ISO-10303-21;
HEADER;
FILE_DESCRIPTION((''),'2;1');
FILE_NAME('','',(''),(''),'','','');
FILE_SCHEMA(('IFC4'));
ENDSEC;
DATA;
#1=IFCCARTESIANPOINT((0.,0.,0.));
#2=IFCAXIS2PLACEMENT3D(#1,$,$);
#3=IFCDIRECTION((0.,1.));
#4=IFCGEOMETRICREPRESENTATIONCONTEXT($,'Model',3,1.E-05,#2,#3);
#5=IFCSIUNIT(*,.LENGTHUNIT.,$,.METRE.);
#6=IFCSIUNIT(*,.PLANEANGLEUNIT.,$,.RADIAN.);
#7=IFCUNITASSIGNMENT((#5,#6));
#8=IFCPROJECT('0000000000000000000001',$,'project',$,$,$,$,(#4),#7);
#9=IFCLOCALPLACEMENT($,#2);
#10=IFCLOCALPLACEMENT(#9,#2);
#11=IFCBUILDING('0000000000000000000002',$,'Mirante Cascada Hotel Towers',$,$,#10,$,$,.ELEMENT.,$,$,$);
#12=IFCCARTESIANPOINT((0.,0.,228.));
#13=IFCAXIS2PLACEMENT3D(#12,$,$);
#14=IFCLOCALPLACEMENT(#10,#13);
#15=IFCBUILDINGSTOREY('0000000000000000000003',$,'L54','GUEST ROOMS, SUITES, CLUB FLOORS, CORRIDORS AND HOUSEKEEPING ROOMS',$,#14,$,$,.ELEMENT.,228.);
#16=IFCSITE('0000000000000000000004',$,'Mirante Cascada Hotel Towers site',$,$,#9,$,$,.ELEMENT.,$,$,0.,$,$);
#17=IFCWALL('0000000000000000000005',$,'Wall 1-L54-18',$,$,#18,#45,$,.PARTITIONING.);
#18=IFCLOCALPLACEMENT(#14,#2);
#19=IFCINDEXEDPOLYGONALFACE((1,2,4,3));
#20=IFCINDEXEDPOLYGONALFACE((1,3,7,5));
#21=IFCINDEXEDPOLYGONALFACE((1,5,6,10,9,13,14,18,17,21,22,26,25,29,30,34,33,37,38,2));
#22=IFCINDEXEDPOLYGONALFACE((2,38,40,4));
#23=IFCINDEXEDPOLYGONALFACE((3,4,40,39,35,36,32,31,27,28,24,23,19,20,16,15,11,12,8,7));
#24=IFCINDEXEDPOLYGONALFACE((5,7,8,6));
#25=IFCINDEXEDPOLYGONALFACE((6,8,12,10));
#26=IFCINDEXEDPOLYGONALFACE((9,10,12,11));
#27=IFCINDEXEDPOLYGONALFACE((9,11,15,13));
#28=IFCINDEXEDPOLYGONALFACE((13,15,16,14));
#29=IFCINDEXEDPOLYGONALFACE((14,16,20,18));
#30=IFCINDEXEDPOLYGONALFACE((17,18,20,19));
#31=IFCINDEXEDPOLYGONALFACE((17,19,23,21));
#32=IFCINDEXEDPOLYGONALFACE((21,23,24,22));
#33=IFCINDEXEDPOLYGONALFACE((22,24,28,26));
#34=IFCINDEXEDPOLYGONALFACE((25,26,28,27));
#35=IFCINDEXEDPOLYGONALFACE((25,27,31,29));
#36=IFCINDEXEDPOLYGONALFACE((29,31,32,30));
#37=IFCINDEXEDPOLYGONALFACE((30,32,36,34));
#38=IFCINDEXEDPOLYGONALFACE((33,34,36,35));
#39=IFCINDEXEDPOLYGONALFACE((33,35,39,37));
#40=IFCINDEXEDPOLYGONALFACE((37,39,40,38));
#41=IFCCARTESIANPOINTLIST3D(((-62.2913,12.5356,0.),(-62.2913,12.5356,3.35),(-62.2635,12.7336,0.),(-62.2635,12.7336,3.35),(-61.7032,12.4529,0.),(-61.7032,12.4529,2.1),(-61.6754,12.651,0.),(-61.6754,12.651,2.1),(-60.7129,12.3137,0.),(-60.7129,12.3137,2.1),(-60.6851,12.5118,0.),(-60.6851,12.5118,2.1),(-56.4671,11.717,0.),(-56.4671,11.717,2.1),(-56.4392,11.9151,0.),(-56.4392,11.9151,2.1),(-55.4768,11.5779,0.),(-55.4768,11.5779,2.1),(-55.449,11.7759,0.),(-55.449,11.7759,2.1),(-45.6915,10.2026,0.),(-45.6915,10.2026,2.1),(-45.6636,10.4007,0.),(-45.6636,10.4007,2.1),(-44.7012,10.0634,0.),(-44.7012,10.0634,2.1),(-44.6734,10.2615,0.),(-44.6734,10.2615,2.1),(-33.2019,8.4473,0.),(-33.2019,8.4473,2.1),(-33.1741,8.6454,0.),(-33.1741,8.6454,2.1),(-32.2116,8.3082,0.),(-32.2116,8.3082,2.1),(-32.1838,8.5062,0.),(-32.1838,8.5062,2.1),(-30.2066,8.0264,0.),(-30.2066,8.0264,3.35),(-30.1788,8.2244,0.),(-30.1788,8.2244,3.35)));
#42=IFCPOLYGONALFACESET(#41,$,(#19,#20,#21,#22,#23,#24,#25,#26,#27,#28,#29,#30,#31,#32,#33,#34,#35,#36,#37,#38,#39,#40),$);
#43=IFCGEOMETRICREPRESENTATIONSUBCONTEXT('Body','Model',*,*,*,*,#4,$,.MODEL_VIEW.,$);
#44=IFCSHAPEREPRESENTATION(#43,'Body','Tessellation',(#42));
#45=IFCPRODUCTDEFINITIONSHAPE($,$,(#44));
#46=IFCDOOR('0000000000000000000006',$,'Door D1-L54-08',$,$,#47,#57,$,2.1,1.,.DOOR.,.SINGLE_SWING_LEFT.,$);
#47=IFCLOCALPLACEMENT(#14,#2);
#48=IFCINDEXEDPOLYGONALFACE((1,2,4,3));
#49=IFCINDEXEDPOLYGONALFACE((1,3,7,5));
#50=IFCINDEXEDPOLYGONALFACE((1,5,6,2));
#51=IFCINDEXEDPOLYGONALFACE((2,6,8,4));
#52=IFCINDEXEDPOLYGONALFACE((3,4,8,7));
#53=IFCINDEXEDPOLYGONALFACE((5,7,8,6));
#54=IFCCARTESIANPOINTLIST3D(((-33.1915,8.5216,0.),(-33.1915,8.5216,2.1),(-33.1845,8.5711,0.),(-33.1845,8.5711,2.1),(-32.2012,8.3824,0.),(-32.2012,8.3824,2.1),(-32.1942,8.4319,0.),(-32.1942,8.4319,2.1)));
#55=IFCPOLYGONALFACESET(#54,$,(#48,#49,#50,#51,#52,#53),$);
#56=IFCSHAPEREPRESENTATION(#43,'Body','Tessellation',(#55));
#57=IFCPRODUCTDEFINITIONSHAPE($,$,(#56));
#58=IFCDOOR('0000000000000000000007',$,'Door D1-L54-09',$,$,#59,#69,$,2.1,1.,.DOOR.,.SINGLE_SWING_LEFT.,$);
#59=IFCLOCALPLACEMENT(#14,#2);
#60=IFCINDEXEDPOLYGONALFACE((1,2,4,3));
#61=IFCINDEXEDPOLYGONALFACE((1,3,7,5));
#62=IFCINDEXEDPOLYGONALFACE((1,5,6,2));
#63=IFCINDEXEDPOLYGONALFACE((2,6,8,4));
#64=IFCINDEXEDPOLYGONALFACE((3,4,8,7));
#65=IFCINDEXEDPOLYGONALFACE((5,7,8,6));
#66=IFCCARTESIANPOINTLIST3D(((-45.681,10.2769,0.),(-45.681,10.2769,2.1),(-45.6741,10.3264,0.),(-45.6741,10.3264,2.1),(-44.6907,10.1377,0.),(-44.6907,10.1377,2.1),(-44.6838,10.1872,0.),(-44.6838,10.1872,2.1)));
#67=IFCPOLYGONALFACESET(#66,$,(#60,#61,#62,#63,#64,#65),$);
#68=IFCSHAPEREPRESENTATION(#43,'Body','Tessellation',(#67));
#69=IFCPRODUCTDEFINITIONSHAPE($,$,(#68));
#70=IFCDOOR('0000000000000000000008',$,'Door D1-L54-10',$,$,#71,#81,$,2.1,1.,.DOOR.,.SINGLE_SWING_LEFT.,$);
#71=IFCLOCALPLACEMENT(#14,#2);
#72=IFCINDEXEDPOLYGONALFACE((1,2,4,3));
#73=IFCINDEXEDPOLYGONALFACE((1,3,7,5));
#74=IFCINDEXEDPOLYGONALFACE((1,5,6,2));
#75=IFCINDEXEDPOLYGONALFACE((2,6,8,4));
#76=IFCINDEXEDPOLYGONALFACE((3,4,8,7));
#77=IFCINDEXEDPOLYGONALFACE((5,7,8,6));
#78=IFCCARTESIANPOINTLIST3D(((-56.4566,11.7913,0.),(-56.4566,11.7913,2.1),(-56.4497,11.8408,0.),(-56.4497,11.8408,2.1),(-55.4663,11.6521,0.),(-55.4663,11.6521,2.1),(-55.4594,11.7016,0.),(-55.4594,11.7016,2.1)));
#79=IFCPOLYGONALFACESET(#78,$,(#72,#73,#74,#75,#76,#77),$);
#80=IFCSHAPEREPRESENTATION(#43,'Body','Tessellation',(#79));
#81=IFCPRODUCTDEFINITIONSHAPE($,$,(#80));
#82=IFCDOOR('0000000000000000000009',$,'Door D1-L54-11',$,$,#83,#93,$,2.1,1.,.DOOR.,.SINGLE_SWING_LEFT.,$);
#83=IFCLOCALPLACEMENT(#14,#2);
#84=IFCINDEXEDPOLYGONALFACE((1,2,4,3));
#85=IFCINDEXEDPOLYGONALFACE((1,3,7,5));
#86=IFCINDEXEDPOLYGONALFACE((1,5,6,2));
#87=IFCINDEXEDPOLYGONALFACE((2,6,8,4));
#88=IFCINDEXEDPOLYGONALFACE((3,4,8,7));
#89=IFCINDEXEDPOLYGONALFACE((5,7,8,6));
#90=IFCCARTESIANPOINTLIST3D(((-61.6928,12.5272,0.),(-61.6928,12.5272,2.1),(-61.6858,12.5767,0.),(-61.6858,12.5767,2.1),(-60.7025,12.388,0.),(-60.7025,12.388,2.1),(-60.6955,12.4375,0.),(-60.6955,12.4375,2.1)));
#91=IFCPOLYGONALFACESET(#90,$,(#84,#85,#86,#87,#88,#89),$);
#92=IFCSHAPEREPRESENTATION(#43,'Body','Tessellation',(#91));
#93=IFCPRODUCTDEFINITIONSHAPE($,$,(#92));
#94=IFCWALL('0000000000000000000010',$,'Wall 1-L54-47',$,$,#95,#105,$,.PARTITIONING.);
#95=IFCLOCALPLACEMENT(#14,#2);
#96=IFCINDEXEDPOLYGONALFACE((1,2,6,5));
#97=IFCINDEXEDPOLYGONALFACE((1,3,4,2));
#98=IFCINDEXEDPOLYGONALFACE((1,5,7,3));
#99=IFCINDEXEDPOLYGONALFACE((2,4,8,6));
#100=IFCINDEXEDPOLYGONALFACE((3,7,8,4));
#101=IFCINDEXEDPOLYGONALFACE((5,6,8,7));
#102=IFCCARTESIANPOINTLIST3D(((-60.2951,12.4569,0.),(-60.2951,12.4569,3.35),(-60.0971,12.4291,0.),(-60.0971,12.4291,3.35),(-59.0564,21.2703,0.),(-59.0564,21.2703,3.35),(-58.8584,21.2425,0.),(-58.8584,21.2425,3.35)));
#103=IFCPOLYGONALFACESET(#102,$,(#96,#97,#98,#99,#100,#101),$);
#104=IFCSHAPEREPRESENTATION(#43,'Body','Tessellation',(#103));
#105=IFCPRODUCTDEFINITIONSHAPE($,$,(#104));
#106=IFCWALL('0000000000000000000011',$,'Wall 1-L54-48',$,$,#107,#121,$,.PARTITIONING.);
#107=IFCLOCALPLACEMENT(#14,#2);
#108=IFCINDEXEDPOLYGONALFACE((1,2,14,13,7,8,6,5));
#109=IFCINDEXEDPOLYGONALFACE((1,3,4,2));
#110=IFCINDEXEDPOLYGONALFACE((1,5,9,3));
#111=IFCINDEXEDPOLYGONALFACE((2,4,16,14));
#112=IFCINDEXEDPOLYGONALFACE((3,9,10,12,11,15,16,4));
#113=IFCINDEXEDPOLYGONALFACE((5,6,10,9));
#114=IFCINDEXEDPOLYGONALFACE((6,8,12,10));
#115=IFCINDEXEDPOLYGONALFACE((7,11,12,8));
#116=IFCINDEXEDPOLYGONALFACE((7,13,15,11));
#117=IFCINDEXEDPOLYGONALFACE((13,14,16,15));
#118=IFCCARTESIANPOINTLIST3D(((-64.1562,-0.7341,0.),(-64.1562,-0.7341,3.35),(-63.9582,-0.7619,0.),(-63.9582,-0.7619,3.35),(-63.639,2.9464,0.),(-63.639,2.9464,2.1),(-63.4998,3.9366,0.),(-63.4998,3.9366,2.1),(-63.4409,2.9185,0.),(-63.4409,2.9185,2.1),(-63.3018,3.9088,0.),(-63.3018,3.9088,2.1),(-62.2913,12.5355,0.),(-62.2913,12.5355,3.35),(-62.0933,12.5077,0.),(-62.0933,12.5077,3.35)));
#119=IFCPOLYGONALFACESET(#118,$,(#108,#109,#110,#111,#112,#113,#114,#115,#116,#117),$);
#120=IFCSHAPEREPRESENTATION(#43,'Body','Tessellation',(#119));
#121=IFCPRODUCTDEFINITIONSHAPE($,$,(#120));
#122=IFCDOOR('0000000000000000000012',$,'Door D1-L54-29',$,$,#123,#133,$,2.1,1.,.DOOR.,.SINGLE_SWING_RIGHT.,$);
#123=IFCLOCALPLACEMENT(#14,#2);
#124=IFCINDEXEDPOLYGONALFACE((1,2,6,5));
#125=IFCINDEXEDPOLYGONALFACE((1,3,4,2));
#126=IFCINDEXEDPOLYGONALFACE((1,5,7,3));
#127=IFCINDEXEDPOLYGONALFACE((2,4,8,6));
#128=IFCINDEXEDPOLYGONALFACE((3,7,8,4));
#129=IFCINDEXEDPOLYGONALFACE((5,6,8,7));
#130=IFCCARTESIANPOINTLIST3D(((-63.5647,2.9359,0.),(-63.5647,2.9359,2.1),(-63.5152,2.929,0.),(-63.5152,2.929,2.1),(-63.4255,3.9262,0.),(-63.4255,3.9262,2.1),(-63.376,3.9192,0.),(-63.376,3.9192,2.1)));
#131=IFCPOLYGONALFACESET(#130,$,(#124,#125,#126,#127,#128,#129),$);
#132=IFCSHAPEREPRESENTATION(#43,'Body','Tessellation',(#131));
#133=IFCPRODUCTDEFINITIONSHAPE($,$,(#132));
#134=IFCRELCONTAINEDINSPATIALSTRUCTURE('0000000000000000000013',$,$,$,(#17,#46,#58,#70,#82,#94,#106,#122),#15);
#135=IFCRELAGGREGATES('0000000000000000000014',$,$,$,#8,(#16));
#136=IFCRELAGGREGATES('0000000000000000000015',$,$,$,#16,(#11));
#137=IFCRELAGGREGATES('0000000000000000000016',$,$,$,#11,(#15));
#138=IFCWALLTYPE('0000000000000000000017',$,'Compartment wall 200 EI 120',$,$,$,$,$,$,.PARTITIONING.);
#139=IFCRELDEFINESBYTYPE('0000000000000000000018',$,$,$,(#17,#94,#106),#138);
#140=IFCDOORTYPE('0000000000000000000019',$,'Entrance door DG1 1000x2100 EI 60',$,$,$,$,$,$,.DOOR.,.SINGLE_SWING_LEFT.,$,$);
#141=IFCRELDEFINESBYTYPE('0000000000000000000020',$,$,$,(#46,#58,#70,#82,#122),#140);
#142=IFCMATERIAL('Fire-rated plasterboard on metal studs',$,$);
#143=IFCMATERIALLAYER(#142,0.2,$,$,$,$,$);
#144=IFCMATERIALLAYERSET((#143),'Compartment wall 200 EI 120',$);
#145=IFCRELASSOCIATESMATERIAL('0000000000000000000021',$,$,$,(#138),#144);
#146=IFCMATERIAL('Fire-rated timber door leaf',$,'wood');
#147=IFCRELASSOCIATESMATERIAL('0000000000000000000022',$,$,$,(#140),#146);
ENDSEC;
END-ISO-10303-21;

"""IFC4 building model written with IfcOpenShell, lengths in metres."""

from ifc_helpers import new_model, si_unit, direction, frame, frame_2d, origin, place, context, subcontext, project, spatial, rectangle, extrude, material, layer, layer_set, type_object, element, fill, save


model = new_model("IFC4")

# Units and contexts
model_context = context("Model", 3, precision=1e-05, world=origin(), true_north=direction((0.0, 1.0)))
body_context = subcontext(model_context, "Body", "Model", "MODEL_VIEW")
ifc_project = project(units=[si_unit("LENGTHUNIT", "METRE"), si_unit("PLANEANGLEUNIT", "RADIAN")], contexts=[model_context])

# Site, building, storey
site_placement = place(None, origin())
site = spatial("IfcSite", under=ifc_project, at=site_placement, Name="Mirante Cascada Hotel Towers site", CompositionType="ELEMENT", RefElevation=0.0)
building_placement = place(site_placement, origin())
building = spatial("IfcBuilding", under=site, at=building_placement, Name="Mirante Cascada Hotel Towers", CompositionType="ELEMENT")
storey_placement = place(building_placement, frame((0.0, 0.0, 228.0)))
storey = spatial("IfcBuildingStorey", under=building, at=storey_placement, Name="L54", Description="GUEST ROOMS, SUITES, CLUB FLOORS, CORRIDORS AND HOUSEKEEPING ROOMS", CompositionType="ELEMENT", Elevation=228.0)

# Shared definitions
ifc_material_1 = material(Name="Fire-rated plasterboard on metal studs")
ifc_layer_1 = layer(ifc_material_1, 0.2)
ifc_layer_set_1 = layer_set([ifc_layer_1], Name="Compartment wall 200 EI 120")
wall_type_1 = type_object("IfcWallType", Name="Compartment wall 200 EI 120", PredefinedType="PARTITIONING", material=ifc_layer_set_1)

# Wall, openings, doors
wall_1_placement = place(storey_placement, frame((-62.2774, 12.6346, 0.0), z_axis=(0.0, 0.0, 1.0), x_axis=(0.990268, -0.139173, 0.0)))
wall_1 = element("IfcWall", 1, at=wall_1_placement, inside=storey, type_object=wall_type_1, Name="Wall 1-L54-18", PredefinedType="PARTITIONING", context=body_context, shape_type="SweptSolid", body=[
    extrude(rectangle(XDim=32.4, YDim=0.2, at=frame_2d((16.2, 0.0))), origin(), (0.0, 0.0, 1.0), 3.35),
])
opening_1_placement = place(wall_1_placement, frame((29.3753, 0.0, 0.0)))
opening_1 = element("IfcOpeningElement", 2, at=opening_1_placement, cuts=wall_1, PredefinedType="OPENING", context=body_context, shape_type="SweptSolid", body=[
    extrude(rectangle(XDim=1.0, YDim=2.1, at=frame_2d((0.5, 1.05))), frame((0.0, 0.1, 0.0), z_axis=(0.0, -1.0, 0.0), x_axis=(1.0, 0.0, 0.0)), (0.0, 0.0, 1.0), 0.2),
])
opening_2_placement = place(wall_1_placement, frame((16.763, 0.0, 0.0)))
opening_2 = element("IfcOpeningElement", 3, at=opening_2_placement, cuts=wall_1, PredefinedType="OPENING", context=body_context, shape_type="SweptSolid", body=[
    extrude(rectangle(XDim=1.0, YDim=2.1, at=frame_2d((0.5, 1.05))), frame((0.0, 0.1, 0.0), z_axis=(0.0, -1.0, 0.0), x_axis=(1.0, 0.0, 0.0)), (0.0, 0.0, 1.0), 0.2),
])
opening_3_placement = place(wall_1_placement, frame((5.8815, 0.0, 0.0)))
opening_3 = element("IfcOpeningElement", 4, at=opening_3_placement, cuts=wall_1, PredefinedType="OPENING", context=body_context, shape_type="SweptSolid", body=[
    extrude(rectangle(XDim=1.0, YDim=2.1, at=frame_2d((0.5, 1.05))), frame((0.0, 0.1, 0.0), z_axis=(0.0, -1.0, 0.0), x_axis=(1.0, 0.0, 0.0)), (0.0, 0.0, 1.0), 0.2),
])
opening_4_placement = place(wall_1_placement, frame((0.5939, 0.0, 0.0)))
opening_4 = element("IfcOpeningElement", 5, at=opening_4_placement, cuts=wall_1, PredefinedType="OPENING", context=body_context, shape_type="SweptSolid", body=[
    extrude(rectangle(XDim=1.0, YDim=2.1, at=frame_2d((0.5, 1.05))), frame((0.0, 0.1, 0.0), z_axis=(0.0, -1.0, 0.0), x_axis=(1.0, 0.0, 0.0)), (0.0, 0.0, 1.0), 0.2),
])
ifc_material_2 = material(Name="Fire-rated timber door leaf", Category="wood")
door_type_1 = type_object("IfcDoorType", Name="Entrance door DG1 1000x2100 EI 60", OperationType="SINGLE_SWING_LEFT", PredefinedType="DOOR", material=ifc_material_2)
door_1_placement = place(opening_1_placement, origin())
door_1 = element("IfcDoor", 6, at=door_1_placement, inside=storey, type_object=door_type_1, Name="Door D1-L54-08", OperationType="SINGLE_SWING_LEFT", OverallHeight=2.1, OverallWidth=1.0, PredefinedType="DOOR", context=body_context, shape_type="SweptSolid", body=[
    extrude(rectangle(XDim=1.0, YDim=2.1, at=frame_2d((0.5, 1.05))), frame((0.0, 0.025, 0.0), z_axis=(0.0, -1.0, 0.0), x_axis=(1.0, 0.0, 0.0)), (0.0, 0.0, 1.0), 0.05),
])
fill(opening_1, door_1)
door_2_placement = place(opening_2_placement, origin())
door_2 = element("IfcDoor", 7, at=door_2_placement, inside=storey, type_object=door_type_1, Name="Door D1-L54-09", OperationType="SINGLE_SWING_LEFT", OverallHeight=2.1, OverallWidth=1.0, PredefinedType="DOOR", context=body_context, shape_type="SweptSolid", body=[
    extrude(rectangle(XDim=1.0, YDim=2.1, at=frame_2d((0.5, 1.05))), frame((0.0, 0.025, 0.0), z_axis=(0.0, -1.0, 0.0), x_axis=(1.0, 0.0, 0.0)), (0.0, 0.0, 1.0), 0.05),
])
fill(opening_2, door_2)
door_3_placement = place(opening_3_placement, origin())
door_3 = element("IfcDoor", 8, at=door_3_placement, inside=storey, type_object=door_type_1, Name="Door D1-L54-10", OperationType="SINGLE_SWING_LEFT", OverallHeight=2.1, OverallWidth=1.0, PredefinedType="DOOR", context=body_context, shape_type="SweptSolid", body=[
    extrude(rectangle(XDim=1.0, YDim=2.1, at=frame_2d((0.5, 1.05))), frame((0.0, 0.025, 0.0), z_axis=(0.0, -1.0, 0.0), x_axis=(1.0, 0.0, 0.0)), (0.0, 0.0, 1.0), 0.05),
])
fill(opening_3, door_3)
door_4_placement = place(opening_4_placement, origin())
door_4 = element("IfcDoor", 9, at=door_4_placement, inside=storey, type_object=door_type_1, Name="Door D1-L54-11", OperationType="SINGLE_SWING_LEFT", OverallHeight=2.1, OverallWidth=1.0, PredefinedType="DOOR", context=body_context, shape_type="SweptSolid", body=[
    extrude(rectangle(XDim=1.0, YDim=2.1, at=frame_2d((0.5, 1.05))), frame((0.0, 0.025, 0.0), z_axis=(0.0, -1.0, 0.0), x_axis=(1.0, 0.0, 0.0)), (0.0, 0.0, 1.0), 0.05),
])
fill(opening_4, door_4)

# Wall
wall_2_placement = place(storey_placement, frame((-60.1961, 12.443, 0.0), z_axis=(0.0, 0.0, 1.0), x_axis=(0.139179, 0.990267, 0.0)))
element("IfcWall", 10, at=wall_2_placement, inside=storey, type_object=wall_type_1, Name="Wall 1-L54-47", PredefinedType="PARTITIONING", context=body_context, shape_type="SweptSolid", body=[
    extrude(rectangle(XDim=8.9, YDim=0.2, at=frame_2d((4.45, 0.0))), origin(), (0.0, 0.0, 1.0), 3.35),
])

# Wall, opening, door
wall_3_placement = place(storey_placement, frame((-62.1923, 12.5216, 0.0), z_axis=(0.0, 0.0, 1.0), x_axis=(-0.139172, -0.990268, 0.0)))
wall_3 = element("IfcWall", 11, at=wall_3_placement, inside=storey, type_object=wall_type_1, Name="Wall 1-L54-48", PredefinedType="PARTITIONING", context=body_context, shape_type="SweptSolid", body=[
    extrude(rectangle(XDim=13.4, YDim=0.2, at=frame_2d((6.7, 0.0))), origin(), (0.0, 0.0, 1.0), 3.35),
])
opening_5_placement = place(wall_3_placement, frame((8.6834, 0.0, 0.0)))
opening_5 = element("IfcOpeningElement", 12, at=opening_5_placement, cuts=wall_3, PredefinedType="OPENING", context=body_context, shape_type="SweptSolid", body=[
    extrude(rectangle(XDim=1.0, YDim=2.1, at=frame_2d((0.5, 1.05))), frame((0.0, 0.1, 0.0), z_axis=(0.0, -1.0, 0.0), x_axis=(1.0, 0.0, 0.0)), (0.0, 0.0, 1.0), 0.2),
])
door_5_placement = place(opening_5_placement, frame((1.0, 0.0, 0.0), z_axis=(0.0, 0.0, 1.0), x_axis=(-1.0, 0.0, 0.0)))
door_5 = element("IfcDoor", 13, at=door_5_placement, inside=storey, type_object=door_type_1, Name="Door D1-L54-29", OperationType="SINGLE_SWING_RIGHT", OverallHeight=2.1, OverallWidth=1.0, PredefinedType="DOOR", context=body_context, shape_type="SweptSolid", body=[
    extrude(rectangle(XDim=1.0, YDim=2.1, at=frame_2d((0.5, 1.05))), frame((0.0, 0.025, 0.0), z_axis=(0.0, -1.0, 0.0), x_axis=(1.0, 0.0, 0.0)), (0.0, 0.0, 1.0), 0.05),
])
fill(opening_5, door_5)

save(model, "model.ifc")
